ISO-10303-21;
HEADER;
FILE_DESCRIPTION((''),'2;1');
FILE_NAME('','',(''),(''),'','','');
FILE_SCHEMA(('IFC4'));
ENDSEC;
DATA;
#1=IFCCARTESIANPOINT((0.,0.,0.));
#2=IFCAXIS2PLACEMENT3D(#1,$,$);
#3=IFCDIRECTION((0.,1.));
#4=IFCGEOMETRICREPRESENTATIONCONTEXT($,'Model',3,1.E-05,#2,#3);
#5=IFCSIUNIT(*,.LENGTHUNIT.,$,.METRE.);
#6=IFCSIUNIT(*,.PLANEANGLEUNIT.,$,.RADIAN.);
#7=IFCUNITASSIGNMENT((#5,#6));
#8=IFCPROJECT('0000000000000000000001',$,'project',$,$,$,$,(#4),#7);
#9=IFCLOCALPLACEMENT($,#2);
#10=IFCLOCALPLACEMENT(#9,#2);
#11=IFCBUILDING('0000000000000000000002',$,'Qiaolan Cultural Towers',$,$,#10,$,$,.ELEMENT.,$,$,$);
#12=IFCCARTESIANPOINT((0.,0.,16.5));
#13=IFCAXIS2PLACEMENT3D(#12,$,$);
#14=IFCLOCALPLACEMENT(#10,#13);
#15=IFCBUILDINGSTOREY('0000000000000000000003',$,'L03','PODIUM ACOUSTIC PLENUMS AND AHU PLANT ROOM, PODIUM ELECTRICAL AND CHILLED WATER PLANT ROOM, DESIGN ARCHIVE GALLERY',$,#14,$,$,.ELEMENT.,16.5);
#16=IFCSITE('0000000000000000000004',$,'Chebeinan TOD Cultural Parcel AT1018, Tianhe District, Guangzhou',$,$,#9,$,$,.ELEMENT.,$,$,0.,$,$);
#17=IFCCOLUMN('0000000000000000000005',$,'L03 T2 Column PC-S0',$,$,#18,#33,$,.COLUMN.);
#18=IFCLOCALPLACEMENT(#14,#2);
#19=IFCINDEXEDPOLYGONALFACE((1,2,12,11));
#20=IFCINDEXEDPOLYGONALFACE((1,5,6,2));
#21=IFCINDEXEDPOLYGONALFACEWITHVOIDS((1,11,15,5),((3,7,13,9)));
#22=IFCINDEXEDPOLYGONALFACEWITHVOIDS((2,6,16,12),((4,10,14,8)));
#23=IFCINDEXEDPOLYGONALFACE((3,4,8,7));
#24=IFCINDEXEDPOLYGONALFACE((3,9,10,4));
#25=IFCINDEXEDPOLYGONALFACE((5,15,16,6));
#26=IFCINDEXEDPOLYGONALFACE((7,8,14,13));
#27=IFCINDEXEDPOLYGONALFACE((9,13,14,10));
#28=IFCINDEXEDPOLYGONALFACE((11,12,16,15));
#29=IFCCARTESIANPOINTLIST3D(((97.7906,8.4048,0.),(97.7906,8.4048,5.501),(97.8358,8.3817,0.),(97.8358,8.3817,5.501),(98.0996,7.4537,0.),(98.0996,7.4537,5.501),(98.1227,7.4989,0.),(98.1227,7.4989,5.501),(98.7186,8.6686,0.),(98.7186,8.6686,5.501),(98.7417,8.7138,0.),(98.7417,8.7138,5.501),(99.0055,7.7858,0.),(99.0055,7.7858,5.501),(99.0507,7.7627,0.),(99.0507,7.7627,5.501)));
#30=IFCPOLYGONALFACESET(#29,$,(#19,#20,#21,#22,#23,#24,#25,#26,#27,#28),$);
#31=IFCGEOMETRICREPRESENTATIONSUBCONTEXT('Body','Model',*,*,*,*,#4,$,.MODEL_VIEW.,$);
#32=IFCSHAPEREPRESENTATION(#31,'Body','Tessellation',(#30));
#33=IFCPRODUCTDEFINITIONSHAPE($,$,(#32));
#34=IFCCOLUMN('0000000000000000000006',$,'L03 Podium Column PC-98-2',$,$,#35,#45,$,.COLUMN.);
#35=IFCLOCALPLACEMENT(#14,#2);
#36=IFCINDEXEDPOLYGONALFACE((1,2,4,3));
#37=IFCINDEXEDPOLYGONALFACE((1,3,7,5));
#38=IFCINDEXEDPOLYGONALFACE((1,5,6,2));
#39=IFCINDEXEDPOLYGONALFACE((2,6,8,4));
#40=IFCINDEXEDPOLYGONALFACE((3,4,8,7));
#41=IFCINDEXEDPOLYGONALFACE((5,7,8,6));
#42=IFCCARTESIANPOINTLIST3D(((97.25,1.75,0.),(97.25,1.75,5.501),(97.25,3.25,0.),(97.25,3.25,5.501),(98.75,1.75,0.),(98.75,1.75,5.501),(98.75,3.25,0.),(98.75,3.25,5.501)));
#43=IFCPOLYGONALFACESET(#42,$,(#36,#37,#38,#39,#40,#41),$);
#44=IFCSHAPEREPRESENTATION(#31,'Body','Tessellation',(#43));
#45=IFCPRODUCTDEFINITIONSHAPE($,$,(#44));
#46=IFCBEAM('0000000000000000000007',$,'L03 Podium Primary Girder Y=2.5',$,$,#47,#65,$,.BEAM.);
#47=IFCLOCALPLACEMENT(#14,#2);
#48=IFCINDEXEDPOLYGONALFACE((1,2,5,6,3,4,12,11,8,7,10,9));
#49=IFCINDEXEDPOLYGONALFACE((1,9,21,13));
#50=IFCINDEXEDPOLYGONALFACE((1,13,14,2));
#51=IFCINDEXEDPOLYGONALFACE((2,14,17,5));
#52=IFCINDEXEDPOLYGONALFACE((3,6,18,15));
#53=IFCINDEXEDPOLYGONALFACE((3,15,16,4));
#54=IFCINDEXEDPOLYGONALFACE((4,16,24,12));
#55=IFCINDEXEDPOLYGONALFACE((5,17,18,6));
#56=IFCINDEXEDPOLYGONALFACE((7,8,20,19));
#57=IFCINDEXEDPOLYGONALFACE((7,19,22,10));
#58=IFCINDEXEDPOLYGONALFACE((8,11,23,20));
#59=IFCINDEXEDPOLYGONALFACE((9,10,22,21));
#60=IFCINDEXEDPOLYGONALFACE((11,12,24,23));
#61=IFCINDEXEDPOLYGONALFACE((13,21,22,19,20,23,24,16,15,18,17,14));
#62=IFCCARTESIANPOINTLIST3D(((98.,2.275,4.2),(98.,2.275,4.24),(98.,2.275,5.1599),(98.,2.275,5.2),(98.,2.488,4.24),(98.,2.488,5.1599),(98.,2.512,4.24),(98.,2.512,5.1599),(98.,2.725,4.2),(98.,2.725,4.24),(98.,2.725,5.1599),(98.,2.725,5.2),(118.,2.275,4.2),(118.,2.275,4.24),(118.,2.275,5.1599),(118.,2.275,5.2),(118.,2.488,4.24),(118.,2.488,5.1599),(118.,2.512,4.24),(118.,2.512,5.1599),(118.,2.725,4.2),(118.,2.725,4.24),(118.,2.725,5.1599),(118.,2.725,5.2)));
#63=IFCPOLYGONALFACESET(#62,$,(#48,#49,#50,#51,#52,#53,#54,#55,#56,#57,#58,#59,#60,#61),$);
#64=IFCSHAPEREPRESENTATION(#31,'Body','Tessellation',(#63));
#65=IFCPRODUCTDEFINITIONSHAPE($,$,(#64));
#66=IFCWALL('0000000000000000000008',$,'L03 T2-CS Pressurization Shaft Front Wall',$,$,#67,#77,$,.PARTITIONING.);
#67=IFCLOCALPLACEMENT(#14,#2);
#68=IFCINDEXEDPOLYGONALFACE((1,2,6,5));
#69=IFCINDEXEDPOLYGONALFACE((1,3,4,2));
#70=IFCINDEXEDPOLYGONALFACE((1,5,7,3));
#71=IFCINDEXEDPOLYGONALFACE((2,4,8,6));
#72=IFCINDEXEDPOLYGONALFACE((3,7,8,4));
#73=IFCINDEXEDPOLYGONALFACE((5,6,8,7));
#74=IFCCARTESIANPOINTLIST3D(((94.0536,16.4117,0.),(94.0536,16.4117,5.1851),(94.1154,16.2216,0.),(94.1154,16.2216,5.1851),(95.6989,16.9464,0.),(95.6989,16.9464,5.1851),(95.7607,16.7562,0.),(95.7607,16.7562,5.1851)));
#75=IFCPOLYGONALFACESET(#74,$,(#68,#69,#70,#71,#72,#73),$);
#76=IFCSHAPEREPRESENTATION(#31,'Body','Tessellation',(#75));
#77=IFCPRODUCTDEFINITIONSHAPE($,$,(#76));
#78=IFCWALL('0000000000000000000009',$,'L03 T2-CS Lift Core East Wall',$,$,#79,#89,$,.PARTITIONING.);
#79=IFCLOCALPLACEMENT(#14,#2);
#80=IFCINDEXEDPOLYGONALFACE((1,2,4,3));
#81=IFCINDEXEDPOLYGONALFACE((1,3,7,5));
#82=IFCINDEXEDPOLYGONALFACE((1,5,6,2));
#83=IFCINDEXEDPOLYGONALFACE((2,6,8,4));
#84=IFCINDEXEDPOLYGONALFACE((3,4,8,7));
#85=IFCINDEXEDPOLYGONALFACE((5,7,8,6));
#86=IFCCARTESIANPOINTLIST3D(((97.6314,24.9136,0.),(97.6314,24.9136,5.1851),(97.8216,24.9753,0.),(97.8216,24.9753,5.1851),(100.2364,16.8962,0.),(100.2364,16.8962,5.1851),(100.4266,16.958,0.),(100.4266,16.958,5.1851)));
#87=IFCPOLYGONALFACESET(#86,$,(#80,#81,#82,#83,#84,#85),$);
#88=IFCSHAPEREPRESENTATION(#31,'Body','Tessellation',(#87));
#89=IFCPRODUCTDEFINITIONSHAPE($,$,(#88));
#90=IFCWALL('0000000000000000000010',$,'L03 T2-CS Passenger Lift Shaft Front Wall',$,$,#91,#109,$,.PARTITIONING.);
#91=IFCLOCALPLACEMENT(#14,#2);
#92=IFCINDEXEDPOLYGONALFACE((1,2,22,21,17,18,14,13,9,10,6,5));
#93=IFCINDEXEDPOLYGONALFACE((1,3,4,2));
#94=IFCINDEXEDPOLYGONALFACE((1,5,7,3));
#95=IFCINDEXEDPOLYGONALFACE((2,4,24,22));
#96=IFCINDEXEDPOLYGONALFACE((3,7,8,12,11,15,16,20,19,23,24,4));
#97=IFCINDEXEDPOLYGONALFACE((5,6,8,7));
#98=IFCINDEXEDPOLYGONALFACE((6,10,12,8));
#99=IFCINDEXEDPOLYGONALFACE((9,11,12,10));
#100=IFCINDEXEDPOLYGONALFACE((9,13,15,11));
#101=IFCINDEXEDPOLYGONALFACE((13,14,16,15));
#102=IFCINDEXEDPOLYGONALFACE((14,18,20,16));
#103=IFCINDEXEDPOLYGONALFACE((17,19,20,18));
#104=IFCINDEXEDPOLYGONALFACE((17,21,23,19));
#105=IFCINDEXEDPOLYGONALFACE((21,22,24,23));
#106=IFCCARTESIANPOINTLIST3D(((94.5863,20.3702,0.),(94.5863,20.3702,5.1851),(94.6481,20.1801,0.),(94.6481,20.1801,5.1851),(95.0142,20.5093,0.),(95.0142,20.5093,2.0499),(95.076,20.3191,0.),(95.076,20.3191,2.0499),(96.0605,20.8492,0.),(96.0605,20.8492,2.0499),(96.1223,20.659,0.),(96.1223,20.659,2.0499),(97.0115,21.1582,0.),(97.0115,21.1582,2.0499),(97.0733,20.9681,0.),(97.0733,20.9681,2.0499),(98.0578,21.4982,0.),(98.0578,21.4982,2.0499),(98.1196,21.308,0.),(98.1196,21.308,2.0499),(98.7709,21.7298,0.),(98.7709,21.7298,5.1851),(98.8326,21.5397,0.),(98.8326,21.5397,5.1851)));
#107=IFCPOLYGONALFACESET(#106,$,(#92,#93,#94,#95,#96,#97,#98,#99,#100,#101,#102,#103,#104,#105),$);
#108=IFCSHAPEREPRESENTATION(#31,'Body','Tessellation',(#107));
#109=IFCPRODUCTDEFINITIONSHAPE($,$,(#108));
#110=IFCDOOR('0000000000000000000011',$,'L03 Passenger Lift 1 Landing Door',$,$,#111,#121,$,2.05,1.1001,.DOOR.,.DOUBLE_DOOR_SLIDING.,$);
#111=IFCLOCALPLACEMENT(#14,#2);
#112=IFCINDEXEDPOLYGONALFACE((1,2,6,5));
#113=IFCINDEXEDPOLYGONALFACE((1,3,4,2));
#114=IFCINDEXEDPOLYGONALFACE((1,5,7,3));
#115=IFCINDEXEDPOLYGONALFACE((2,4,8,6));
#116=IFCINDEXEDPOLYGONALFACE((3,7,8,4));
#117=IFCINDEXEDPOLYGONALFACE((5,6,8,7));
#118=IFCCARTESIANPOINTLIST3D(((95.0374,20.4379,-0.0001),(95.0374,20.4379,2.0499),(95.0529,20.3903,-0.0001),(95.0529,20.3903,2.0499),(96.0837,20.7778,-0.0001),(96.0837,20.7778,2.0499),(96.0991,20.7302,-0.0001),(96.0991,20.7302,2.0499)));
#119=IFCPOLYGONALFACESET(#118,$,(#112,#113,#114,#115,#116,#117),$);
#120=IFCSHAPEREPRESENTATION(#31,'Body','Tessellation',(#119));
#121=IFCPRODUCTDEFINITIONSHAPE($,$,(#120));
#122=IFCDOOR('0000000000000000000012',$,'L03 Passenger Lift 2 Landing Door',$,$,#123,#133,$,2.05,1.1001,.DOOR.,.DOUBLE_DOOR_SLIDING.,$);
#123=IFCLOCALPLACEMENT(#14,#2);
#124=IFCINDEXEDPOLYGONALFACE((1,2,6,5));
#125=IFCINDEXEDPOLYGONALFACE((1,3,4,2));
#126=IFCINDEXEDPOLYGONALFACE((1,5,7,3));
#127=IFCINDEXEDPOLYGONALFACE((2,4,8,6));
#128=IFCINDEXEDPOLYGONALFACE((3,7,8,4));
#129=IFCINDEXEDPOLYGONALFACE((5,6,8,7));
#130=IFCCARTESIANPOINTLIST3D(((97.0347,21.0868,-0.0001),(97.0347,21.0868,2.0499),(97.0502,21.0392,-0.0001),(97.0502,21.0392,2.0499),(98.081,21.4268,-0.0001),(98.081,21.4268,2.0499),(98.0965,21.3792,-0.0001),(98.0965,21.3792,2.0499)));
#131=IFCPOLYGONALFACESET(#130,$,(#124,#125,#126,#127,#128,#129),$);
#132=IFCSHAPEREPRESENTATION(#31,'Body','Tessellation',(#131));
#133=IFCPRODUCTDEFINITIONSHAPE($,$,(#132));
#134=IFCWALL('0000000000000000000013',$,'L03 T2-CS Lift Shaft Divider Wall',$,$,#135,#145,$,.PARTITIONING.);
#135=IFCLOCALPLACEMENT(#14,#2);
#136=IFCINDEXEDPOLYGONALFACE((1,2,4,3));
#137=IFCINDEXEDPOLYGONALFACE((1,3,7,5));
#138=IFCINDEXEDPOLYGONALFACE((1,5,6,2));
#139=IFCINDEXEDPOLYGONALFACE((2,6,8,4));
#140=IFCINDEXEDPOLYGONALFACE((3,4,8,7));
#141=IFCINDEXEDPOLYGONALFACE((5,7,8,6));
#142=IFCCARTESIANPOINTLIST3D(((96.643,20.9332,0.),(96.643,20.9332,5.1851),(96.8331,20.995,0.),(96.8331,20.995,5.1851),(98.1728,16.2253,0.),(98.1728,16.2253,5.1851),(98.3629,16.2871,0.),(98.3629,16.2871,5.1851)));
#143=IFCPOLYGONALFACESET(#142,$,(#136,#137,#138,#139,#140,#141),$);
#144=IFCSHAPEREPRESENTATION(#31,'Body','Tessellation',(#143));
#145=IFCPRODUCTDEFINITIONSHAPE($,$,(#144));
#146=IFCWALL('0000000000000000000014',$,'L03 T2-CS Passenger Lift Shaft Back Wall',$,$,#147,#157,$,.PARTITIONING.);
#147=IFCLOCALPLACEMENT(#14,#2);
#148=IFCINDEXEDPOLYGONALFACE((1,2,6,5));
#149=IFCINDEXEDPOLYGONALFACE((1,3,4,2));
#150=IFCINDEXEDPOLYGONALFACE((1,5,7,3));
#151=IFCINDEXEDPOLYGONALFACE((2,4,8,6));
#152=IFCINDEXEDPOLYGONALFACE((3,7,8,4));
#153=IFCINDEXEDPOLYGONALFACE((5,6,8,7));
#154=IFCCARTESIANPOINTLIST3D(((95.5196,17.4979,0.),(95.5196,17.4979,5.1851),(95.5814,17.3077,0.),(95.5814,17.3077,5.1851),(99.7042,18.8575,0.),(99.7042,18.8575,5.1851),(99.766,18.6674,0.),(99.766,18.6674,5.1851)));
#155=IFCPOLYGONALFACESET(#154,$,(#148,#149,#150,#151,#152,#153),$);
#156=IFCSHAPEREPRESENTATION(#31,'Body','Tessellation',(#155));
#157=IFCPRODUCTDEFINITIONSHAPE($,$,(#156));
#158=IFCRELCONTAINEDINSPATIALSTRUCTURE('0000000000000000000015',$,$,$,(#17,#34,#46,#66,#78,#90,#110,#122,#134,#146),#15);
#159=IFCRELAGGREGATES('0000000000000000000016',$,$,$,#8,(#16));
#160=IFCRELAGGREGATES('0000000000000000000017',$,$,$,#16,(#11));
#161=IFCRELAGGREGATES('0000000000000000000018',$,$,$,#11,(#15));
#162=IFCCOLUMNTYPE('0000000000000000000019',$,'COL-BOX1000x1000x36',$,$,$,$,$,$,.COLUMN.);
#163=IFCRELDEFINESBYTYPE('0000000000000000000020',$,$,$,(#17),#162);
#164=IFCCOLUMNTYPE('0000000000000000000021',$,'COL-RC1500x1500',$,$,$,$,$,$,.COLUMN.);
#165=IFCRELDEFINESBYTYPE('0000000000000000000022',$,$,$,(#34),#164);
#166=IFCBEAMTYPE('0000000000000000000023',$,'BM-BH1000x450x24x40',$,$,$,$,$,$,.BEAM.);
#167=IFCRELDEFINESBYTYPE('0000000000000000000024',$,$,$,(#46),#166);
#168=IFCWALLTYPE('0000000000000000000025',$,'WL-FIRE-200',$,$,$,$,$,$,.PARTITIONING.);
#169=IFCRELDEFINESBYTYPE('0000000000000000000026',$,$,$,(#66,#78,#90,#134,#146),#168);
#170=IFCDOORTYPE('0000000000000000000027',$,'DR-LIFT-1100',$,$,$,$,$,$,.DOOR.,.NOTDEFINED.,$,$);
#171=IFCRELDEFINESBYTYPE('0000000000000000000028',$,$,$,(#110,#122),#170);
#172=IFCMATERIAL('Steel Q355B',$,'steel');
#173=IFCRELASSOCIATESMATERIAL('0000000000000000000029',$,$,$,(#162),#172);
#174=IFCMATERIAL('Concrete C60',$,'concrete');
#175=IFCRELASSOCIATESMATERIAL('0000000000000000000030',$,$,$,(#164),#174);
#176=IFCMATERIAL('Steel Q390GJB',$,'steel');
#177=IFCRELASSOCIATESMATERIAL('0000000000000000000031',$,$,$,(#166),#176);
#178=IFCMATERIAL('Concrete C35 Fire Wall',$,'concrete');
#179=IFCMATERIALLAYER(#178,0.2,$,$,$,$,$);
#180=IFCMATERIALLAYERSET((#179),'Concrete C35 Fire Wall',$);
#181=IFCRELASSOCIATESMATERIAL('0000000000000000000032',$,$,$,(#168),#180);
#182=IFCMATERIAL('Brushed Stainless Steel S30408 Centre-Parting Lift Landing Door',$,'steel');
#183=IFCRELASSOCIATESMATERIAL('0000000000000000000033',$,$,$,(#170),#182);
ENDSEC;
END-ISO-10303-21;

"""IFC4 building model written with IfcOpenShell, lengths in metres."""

from ifc_helpers import new_model, si_unit, direction, frame, frame_2d, origin, origin_2d, place, context, subcontext, project, spatial, rectangle, hollow_rectangle, i_section, extrude, material, layer, layer_set, material_profile, profile_set, type_object, element, fill, save


model = new_model("IFC4")

# Units and contexts
model_context = context("Model", 3, precision=1e-05, world=origin(), true_north=direction((0.0, 1.0)))
body_context = subcontext(model_context, "Body", "Model", "MODEL_VIEW")
ifc_project = project(units=[si_unit("LENGTHUNIT", "METRE"), si_unit("PLANEANGLEUNIT", "RADIAN")], contexts=[model_context])

# Site, building, storey
site_placement = place(None, origin())
site = spatial("IfcSite", under=ifc_project, at=site_placement, Name="Chebeinan TOD Cultural Parcel AT1018, Tianhe District, Guangzhou", CompositionType="ELEMENT", RefElevation=0.0)
building_placement = place(site_placement, origin())
building = spatial("IfcBuilding", under=site, at=building_placement, Name="Qiaolan Cultural Towers", CompositionType="ELEMENT")
storey_placement = place(building_placement, frame((0.0, 0.0, 16.5)))
storey = spatial("IfcBuildingStorey", under=building, at=storey_placement, Name="L03", Description="PODIUM ACOUSTIC PLENUMS AND AHU PLANT ROOM, PODIUM ELECTRICAL AND CHILLED WATER PLANT ROOM, DESIGN ARCHIVE GALLERY", CompositionType="ELEMENT", Elevation=16.5)

# Columns
ifc_material_1 = material(Name="Steel Q355B", Category="steel")
ifc_material_profile_1 = material_profile(ifc_material_1, hollow_rectangle(XDim=1.0, YDim=1.0, WallThickness=0.0359, at=origin_2d()), Name="BOX1000x1000x36")
ifc_profile_set_1 = profile_set([ifc_material_profile_1], Name="Steel Q355B")
column_type_1 = type_object("IfcColumnType", Name="COL-BOX1000x1000x36", PredefinedType="COLUMN", material=ifc_profile_set_1)
column_1_placement = place(storey_placement, frame((98.4207, 8.0837, 0.0), z_axis=(0.0, 0.0, 1.0), x_axis=(0.951057, 0.309017, 0.0)))
element("IfcColumn", 1, at=column_1_placement, inside=storey, type_object=column_type_1, Name="L03 T2 Column PC-S0", PredefinedType="COLUMN", context=body_context, shape_type="SweptSolid", body=[
    extrude(hollow_rectangle(XDim=1.0, YDim=1.0, WallThickness=0.0359, at=origin_2d()), origin(), (0.0, 0.0, 1.0), 5.501),
])
ifc_material_2 = material(Name="Concrete C60", Category="concrete")
ifc_material_profile_2 = material_profile(ifc_material_2, rectangle(XDim=1.5, YDim=1.5, at=origin_2d()), Name="RC1500x1500")
ifc_profile_set_2 = profile_set([ifc_material_profile_2], Name="Concrete C60")
column_type_2 = type_object("IfcColumnType", Name="COL-RC1500x1500", PredefinedType="COLUMN", material=ifc_profile_set_2)
column_2_placement = place(storey_placement, frame((98.0, 2.5, 0.0), z_axis=(0.0, 0.0, 1.0), x_axis=(1.0, 0.0, 0.0)))
element("IfcColumn", 2, at=column_2_placement, inside=storey, type_object=column_type_2, Name="L03 Podium Column PC-98-2", PredefinedType="COLUMN", context=body_context, shape_type="SweptSolid", body=[
    extrude(rectangle(XDim=1.5, YDim=1.5, at=origin_2d()), origin(), (0.0, 0.0, 1.0), 5.501),
])

# Beam
ifc_material_3 = material(Name="Steel Q390GJB", Category="steel")
ifc_material_profile_3 = material_profile(ifc_material_3, i_section(OverallWidth=0.45, OverallDepth=1.0, WebThickness=0.0239, FlangeThickness=0.04, at=origin_2d()), Name="BH1000x450x24x40")
ifc_profile_set_3 = profile_set([ifc_material_profile_3], Name="Steel Q390GJB")
beam_type = type_object("IfcBeamType", Name="BM-BH1000x450x24x40", PredefinedType="BEAM", material=ifc_profile_set_3)
beam_placement = place(storey_placement, frame((98.0, 2.5, 4.7), z_axis=(1.0, 0.0, 0.0), x_axis=(0.0, 1.0, 0.0)))
element("IfcBeam", 3, at=beam_placement, inside=storey, type_object=beam_type, Name="L03 Podium Primary Girder Y=2.5", PredefinedType="BEAM", context=body_context, shape_type="SweptSolid", body=[
    extrude(i_section(OverallWidth=0.45, OverallDepth=1.0, WebThickness=0.0239, FlangeThickness=0.04, at=origin_2d()), origin(), (0.0, 0.0, 1.0), 20.0),
])

# Walls
ifc_material_4 = material(Name="Concrete C35 Fire Wall", Category="concrete")
ifc_layer = layer(ifc_material_4, 0.2)
ifc_layer_set = layer_set([ifc_layer], Name="Concrete C35 Fire Wall")
wall_type = type_object("IfcWallType", Name="WL-FIRE-200", PredefinedType="PARTITIONING", material=ifc_layer_set)
wall_1_placement = place(storey_placement, frame((94.0845, 16.3167, 0.0), z_axis=(0.0, 0.0, 1.0), x_axis=(0.951041, 0.309064, 0.0)))
element("IfcWall", 4, at=wall_1_placement, inside=storey, type_object=wall_type, Name="L03 T2-CS Pressurization Shaft Front Wall", PredefinedType="PARTITIONING", context=body_context, shape_type="SweptSolid", body=[
    extrude(rectangle(XDim=1.73, YDim=0.2, at=frame_2d((0.865, 0.0))), origin(), (0.0, 0.0, 1.0), 5.1851),
])
wall_2_placement = place(storey_placement, frame((97.7266, 24.9443, 0.0), z_axis=(0.0, 0.0, 1.0), x_axis=(0.309016, -0.951057, 0.0)))
element("IfcWall", 5, at=wall_2_placement, inside=storey, type_object=wall_type, Name="L03 T2-CS Lift Core East Wall", PredefinedType="PARTITIONING", context=body_context, shape_type="SweptSolid", body=[
    extrude(rectangle(XDim=8.4299, YDim=0.2, at=frame_2d((4.2148, 0.0))), origin(), (0.0, 0.0, 1.0), 5.1851),
])

# Wall, openings, doors
wall_3_placement = place(storey_placement, frame((94.6172, 20.2751, 0.0), z_axis=(0.0, 0.0, 1.0), x_axis=(0.951059, 0.309011, 0.0)))
wall_3 = element("IfcWall", 6, at=wall_3_placement, inside=storey, type_object=wall_type, Name="L03 T2-CS Passenger Lift Shaft Front Wall", PredefinedType="PARTITIONING", context=body_context, shape_type="SweptSolid", body=[
    extrude(rectangle(XDim=4.3999, YDim=0.2, at=frame_2d((2.2, 0.0))), origin(), (0.0, 0.0, 1.0), 5.1851),
])
opening_1_placement = place(wall_3_placement, frame((0.45, 0.0, 0.0)))
opening_1 = element("IfcOpeningElement", 7, at=opening_1_placement, cuts=wall_3, PredefinedType="OPENING", context=body_context, shape_type="SweptSolid", body=[
    extrude(rectangle(XDim=1.1001, YDim=2.05, at=frame_2d((0.55, 1.0249))), frame((0.0, 0.1099, 0.0), z_axis=(0.0, -1.0, 0.0), x_axis=(1.0, 0.0, 0.0)), (0.0, 0.0, 1.0), 0.22),
])
opening_2_placement = place(wall_3_placement, frame((2.55, 0.0, 0.0)))
opening_2 = element("IfcOpeningElement", 8, at=opening_2_placement, cuts=wall_3, PredefinedType="OPENING", context=body_context, shape_type="SweptSolid", body=[
    extrude(rectangle(XDim=1.1001, YDim=2.05, at=frame_2d((0.55, 1.0249))), frame((0.0, 0.1099, 0.0), z_axis=(0.0, -1.0, 0.0), x_axis=(1.0, 0.0, 0.0)), (0.0, 0.0, 1.0), 0.22),
])
ifc_material_5 = material(Name="Brushed Stainless Steel S30408 Centre-Parting Lift Landing Door", Category="steel")
door_type = type_object("IfcDoorType", Name="DR-LIFT-1100", OperationType="NOTDEFINED", PredefinedType="DOOR", material=ifc_material_5)
door_1_placement = place(opening_1_placement, origin())
door_1 = element("IfcDoor", 9, at=door_1_placement, inside=storey, type_object=door_type, Name="L03 Passenger Lift 1 Landing Door", OperationType="DOUBLE_DOOR_SLIDING", OverallHeight=2.05, OverallWidth=1.1001, PredefinedType="DOOR", context=body_context, shape_type="SweptSolid", body=[
    extrude(rectangle(XDim=1.1001, YDim=2.05, at=frame_2d((0.55, 1.0249))), frame((0.0, 0.0249, 0.0), z_axis=(0.0, -1.0, 0.0), x_axis=(1.0, 0.0, 0.0)), (0.0, 0.0, 1.0), 0.05),
])
fill(opening_1, door_1)
door_2_placement = place(opening_2_placement, origin())
door_2 = element("IfcDoor", 10, at=door_2_placement, inside=storey, type_object=door_type, Name="L03 Passenger Lift 2 Landing Door", OperationType="DOUBLE_DOOR_SLIDING", OverallHeight=2.05, OverallWidth=1.1001, PredefinedType="DOOR", context=body_context, shape_type="SweptSolid", body=[
    extrude(rectangle(XDim=1.1001, YDim=2.05, at=frame_2d((0.55, 1.0249))), frame((0.0, 0.0249, 0.0), z_axis=(0.0, -1.0, 0.0), x_axis=(1.0, 0.0, 0.0)), (0.0, 0.0, 1.0), 0.05),
])
fill(opening_2, door_2)

# Walls
wall_4_placement = place(storey_placement, frame((96.738, 20.9641, 0.0), z_axis=(0.0, 0.0, 1.0), x_axis=(0.309043, -0.951048, 0.0)))
element("IfcWall", 11, at=wall_4_placement, inside=storey, type_object=wall_type, Name="L03 T2-CS Lift Shaft Divider Wall", PredefinedType="PARTITIONING", context=body_context, shape_type="SweptSolid", body=[
    extrude(rectangle(XDim=4.9502, YDim=0.2, at=frame_2d((2.4751, 0.0))), origin(), (0.0, 0.0, 1.0), 5.1851),
])
wall_5_placement = place(storey_placement, frame((95.5505, 17.4028, 0.0), z_axis=(0.0, 0.0, 1.0), x_axis=(0.951059, 0.309011, 0.0)))
element("IfcWall", 12, at=wall_5_placement, inside=storey, type_object=wall_type, Name="L03 T2-CS Passenger Lift Shaft Back Wall", PredefinedType="PARTITIONING", context=body_context, shape_type="SweptSolid", body=[
    extrude(rectangle(XDim=4.3999, YDim=0.2, at=frame_2d((2.2, 0.0))), origin(), (0.0, 0.0, 1.0), 5.1851),
])

save(model, "model.ifc")
